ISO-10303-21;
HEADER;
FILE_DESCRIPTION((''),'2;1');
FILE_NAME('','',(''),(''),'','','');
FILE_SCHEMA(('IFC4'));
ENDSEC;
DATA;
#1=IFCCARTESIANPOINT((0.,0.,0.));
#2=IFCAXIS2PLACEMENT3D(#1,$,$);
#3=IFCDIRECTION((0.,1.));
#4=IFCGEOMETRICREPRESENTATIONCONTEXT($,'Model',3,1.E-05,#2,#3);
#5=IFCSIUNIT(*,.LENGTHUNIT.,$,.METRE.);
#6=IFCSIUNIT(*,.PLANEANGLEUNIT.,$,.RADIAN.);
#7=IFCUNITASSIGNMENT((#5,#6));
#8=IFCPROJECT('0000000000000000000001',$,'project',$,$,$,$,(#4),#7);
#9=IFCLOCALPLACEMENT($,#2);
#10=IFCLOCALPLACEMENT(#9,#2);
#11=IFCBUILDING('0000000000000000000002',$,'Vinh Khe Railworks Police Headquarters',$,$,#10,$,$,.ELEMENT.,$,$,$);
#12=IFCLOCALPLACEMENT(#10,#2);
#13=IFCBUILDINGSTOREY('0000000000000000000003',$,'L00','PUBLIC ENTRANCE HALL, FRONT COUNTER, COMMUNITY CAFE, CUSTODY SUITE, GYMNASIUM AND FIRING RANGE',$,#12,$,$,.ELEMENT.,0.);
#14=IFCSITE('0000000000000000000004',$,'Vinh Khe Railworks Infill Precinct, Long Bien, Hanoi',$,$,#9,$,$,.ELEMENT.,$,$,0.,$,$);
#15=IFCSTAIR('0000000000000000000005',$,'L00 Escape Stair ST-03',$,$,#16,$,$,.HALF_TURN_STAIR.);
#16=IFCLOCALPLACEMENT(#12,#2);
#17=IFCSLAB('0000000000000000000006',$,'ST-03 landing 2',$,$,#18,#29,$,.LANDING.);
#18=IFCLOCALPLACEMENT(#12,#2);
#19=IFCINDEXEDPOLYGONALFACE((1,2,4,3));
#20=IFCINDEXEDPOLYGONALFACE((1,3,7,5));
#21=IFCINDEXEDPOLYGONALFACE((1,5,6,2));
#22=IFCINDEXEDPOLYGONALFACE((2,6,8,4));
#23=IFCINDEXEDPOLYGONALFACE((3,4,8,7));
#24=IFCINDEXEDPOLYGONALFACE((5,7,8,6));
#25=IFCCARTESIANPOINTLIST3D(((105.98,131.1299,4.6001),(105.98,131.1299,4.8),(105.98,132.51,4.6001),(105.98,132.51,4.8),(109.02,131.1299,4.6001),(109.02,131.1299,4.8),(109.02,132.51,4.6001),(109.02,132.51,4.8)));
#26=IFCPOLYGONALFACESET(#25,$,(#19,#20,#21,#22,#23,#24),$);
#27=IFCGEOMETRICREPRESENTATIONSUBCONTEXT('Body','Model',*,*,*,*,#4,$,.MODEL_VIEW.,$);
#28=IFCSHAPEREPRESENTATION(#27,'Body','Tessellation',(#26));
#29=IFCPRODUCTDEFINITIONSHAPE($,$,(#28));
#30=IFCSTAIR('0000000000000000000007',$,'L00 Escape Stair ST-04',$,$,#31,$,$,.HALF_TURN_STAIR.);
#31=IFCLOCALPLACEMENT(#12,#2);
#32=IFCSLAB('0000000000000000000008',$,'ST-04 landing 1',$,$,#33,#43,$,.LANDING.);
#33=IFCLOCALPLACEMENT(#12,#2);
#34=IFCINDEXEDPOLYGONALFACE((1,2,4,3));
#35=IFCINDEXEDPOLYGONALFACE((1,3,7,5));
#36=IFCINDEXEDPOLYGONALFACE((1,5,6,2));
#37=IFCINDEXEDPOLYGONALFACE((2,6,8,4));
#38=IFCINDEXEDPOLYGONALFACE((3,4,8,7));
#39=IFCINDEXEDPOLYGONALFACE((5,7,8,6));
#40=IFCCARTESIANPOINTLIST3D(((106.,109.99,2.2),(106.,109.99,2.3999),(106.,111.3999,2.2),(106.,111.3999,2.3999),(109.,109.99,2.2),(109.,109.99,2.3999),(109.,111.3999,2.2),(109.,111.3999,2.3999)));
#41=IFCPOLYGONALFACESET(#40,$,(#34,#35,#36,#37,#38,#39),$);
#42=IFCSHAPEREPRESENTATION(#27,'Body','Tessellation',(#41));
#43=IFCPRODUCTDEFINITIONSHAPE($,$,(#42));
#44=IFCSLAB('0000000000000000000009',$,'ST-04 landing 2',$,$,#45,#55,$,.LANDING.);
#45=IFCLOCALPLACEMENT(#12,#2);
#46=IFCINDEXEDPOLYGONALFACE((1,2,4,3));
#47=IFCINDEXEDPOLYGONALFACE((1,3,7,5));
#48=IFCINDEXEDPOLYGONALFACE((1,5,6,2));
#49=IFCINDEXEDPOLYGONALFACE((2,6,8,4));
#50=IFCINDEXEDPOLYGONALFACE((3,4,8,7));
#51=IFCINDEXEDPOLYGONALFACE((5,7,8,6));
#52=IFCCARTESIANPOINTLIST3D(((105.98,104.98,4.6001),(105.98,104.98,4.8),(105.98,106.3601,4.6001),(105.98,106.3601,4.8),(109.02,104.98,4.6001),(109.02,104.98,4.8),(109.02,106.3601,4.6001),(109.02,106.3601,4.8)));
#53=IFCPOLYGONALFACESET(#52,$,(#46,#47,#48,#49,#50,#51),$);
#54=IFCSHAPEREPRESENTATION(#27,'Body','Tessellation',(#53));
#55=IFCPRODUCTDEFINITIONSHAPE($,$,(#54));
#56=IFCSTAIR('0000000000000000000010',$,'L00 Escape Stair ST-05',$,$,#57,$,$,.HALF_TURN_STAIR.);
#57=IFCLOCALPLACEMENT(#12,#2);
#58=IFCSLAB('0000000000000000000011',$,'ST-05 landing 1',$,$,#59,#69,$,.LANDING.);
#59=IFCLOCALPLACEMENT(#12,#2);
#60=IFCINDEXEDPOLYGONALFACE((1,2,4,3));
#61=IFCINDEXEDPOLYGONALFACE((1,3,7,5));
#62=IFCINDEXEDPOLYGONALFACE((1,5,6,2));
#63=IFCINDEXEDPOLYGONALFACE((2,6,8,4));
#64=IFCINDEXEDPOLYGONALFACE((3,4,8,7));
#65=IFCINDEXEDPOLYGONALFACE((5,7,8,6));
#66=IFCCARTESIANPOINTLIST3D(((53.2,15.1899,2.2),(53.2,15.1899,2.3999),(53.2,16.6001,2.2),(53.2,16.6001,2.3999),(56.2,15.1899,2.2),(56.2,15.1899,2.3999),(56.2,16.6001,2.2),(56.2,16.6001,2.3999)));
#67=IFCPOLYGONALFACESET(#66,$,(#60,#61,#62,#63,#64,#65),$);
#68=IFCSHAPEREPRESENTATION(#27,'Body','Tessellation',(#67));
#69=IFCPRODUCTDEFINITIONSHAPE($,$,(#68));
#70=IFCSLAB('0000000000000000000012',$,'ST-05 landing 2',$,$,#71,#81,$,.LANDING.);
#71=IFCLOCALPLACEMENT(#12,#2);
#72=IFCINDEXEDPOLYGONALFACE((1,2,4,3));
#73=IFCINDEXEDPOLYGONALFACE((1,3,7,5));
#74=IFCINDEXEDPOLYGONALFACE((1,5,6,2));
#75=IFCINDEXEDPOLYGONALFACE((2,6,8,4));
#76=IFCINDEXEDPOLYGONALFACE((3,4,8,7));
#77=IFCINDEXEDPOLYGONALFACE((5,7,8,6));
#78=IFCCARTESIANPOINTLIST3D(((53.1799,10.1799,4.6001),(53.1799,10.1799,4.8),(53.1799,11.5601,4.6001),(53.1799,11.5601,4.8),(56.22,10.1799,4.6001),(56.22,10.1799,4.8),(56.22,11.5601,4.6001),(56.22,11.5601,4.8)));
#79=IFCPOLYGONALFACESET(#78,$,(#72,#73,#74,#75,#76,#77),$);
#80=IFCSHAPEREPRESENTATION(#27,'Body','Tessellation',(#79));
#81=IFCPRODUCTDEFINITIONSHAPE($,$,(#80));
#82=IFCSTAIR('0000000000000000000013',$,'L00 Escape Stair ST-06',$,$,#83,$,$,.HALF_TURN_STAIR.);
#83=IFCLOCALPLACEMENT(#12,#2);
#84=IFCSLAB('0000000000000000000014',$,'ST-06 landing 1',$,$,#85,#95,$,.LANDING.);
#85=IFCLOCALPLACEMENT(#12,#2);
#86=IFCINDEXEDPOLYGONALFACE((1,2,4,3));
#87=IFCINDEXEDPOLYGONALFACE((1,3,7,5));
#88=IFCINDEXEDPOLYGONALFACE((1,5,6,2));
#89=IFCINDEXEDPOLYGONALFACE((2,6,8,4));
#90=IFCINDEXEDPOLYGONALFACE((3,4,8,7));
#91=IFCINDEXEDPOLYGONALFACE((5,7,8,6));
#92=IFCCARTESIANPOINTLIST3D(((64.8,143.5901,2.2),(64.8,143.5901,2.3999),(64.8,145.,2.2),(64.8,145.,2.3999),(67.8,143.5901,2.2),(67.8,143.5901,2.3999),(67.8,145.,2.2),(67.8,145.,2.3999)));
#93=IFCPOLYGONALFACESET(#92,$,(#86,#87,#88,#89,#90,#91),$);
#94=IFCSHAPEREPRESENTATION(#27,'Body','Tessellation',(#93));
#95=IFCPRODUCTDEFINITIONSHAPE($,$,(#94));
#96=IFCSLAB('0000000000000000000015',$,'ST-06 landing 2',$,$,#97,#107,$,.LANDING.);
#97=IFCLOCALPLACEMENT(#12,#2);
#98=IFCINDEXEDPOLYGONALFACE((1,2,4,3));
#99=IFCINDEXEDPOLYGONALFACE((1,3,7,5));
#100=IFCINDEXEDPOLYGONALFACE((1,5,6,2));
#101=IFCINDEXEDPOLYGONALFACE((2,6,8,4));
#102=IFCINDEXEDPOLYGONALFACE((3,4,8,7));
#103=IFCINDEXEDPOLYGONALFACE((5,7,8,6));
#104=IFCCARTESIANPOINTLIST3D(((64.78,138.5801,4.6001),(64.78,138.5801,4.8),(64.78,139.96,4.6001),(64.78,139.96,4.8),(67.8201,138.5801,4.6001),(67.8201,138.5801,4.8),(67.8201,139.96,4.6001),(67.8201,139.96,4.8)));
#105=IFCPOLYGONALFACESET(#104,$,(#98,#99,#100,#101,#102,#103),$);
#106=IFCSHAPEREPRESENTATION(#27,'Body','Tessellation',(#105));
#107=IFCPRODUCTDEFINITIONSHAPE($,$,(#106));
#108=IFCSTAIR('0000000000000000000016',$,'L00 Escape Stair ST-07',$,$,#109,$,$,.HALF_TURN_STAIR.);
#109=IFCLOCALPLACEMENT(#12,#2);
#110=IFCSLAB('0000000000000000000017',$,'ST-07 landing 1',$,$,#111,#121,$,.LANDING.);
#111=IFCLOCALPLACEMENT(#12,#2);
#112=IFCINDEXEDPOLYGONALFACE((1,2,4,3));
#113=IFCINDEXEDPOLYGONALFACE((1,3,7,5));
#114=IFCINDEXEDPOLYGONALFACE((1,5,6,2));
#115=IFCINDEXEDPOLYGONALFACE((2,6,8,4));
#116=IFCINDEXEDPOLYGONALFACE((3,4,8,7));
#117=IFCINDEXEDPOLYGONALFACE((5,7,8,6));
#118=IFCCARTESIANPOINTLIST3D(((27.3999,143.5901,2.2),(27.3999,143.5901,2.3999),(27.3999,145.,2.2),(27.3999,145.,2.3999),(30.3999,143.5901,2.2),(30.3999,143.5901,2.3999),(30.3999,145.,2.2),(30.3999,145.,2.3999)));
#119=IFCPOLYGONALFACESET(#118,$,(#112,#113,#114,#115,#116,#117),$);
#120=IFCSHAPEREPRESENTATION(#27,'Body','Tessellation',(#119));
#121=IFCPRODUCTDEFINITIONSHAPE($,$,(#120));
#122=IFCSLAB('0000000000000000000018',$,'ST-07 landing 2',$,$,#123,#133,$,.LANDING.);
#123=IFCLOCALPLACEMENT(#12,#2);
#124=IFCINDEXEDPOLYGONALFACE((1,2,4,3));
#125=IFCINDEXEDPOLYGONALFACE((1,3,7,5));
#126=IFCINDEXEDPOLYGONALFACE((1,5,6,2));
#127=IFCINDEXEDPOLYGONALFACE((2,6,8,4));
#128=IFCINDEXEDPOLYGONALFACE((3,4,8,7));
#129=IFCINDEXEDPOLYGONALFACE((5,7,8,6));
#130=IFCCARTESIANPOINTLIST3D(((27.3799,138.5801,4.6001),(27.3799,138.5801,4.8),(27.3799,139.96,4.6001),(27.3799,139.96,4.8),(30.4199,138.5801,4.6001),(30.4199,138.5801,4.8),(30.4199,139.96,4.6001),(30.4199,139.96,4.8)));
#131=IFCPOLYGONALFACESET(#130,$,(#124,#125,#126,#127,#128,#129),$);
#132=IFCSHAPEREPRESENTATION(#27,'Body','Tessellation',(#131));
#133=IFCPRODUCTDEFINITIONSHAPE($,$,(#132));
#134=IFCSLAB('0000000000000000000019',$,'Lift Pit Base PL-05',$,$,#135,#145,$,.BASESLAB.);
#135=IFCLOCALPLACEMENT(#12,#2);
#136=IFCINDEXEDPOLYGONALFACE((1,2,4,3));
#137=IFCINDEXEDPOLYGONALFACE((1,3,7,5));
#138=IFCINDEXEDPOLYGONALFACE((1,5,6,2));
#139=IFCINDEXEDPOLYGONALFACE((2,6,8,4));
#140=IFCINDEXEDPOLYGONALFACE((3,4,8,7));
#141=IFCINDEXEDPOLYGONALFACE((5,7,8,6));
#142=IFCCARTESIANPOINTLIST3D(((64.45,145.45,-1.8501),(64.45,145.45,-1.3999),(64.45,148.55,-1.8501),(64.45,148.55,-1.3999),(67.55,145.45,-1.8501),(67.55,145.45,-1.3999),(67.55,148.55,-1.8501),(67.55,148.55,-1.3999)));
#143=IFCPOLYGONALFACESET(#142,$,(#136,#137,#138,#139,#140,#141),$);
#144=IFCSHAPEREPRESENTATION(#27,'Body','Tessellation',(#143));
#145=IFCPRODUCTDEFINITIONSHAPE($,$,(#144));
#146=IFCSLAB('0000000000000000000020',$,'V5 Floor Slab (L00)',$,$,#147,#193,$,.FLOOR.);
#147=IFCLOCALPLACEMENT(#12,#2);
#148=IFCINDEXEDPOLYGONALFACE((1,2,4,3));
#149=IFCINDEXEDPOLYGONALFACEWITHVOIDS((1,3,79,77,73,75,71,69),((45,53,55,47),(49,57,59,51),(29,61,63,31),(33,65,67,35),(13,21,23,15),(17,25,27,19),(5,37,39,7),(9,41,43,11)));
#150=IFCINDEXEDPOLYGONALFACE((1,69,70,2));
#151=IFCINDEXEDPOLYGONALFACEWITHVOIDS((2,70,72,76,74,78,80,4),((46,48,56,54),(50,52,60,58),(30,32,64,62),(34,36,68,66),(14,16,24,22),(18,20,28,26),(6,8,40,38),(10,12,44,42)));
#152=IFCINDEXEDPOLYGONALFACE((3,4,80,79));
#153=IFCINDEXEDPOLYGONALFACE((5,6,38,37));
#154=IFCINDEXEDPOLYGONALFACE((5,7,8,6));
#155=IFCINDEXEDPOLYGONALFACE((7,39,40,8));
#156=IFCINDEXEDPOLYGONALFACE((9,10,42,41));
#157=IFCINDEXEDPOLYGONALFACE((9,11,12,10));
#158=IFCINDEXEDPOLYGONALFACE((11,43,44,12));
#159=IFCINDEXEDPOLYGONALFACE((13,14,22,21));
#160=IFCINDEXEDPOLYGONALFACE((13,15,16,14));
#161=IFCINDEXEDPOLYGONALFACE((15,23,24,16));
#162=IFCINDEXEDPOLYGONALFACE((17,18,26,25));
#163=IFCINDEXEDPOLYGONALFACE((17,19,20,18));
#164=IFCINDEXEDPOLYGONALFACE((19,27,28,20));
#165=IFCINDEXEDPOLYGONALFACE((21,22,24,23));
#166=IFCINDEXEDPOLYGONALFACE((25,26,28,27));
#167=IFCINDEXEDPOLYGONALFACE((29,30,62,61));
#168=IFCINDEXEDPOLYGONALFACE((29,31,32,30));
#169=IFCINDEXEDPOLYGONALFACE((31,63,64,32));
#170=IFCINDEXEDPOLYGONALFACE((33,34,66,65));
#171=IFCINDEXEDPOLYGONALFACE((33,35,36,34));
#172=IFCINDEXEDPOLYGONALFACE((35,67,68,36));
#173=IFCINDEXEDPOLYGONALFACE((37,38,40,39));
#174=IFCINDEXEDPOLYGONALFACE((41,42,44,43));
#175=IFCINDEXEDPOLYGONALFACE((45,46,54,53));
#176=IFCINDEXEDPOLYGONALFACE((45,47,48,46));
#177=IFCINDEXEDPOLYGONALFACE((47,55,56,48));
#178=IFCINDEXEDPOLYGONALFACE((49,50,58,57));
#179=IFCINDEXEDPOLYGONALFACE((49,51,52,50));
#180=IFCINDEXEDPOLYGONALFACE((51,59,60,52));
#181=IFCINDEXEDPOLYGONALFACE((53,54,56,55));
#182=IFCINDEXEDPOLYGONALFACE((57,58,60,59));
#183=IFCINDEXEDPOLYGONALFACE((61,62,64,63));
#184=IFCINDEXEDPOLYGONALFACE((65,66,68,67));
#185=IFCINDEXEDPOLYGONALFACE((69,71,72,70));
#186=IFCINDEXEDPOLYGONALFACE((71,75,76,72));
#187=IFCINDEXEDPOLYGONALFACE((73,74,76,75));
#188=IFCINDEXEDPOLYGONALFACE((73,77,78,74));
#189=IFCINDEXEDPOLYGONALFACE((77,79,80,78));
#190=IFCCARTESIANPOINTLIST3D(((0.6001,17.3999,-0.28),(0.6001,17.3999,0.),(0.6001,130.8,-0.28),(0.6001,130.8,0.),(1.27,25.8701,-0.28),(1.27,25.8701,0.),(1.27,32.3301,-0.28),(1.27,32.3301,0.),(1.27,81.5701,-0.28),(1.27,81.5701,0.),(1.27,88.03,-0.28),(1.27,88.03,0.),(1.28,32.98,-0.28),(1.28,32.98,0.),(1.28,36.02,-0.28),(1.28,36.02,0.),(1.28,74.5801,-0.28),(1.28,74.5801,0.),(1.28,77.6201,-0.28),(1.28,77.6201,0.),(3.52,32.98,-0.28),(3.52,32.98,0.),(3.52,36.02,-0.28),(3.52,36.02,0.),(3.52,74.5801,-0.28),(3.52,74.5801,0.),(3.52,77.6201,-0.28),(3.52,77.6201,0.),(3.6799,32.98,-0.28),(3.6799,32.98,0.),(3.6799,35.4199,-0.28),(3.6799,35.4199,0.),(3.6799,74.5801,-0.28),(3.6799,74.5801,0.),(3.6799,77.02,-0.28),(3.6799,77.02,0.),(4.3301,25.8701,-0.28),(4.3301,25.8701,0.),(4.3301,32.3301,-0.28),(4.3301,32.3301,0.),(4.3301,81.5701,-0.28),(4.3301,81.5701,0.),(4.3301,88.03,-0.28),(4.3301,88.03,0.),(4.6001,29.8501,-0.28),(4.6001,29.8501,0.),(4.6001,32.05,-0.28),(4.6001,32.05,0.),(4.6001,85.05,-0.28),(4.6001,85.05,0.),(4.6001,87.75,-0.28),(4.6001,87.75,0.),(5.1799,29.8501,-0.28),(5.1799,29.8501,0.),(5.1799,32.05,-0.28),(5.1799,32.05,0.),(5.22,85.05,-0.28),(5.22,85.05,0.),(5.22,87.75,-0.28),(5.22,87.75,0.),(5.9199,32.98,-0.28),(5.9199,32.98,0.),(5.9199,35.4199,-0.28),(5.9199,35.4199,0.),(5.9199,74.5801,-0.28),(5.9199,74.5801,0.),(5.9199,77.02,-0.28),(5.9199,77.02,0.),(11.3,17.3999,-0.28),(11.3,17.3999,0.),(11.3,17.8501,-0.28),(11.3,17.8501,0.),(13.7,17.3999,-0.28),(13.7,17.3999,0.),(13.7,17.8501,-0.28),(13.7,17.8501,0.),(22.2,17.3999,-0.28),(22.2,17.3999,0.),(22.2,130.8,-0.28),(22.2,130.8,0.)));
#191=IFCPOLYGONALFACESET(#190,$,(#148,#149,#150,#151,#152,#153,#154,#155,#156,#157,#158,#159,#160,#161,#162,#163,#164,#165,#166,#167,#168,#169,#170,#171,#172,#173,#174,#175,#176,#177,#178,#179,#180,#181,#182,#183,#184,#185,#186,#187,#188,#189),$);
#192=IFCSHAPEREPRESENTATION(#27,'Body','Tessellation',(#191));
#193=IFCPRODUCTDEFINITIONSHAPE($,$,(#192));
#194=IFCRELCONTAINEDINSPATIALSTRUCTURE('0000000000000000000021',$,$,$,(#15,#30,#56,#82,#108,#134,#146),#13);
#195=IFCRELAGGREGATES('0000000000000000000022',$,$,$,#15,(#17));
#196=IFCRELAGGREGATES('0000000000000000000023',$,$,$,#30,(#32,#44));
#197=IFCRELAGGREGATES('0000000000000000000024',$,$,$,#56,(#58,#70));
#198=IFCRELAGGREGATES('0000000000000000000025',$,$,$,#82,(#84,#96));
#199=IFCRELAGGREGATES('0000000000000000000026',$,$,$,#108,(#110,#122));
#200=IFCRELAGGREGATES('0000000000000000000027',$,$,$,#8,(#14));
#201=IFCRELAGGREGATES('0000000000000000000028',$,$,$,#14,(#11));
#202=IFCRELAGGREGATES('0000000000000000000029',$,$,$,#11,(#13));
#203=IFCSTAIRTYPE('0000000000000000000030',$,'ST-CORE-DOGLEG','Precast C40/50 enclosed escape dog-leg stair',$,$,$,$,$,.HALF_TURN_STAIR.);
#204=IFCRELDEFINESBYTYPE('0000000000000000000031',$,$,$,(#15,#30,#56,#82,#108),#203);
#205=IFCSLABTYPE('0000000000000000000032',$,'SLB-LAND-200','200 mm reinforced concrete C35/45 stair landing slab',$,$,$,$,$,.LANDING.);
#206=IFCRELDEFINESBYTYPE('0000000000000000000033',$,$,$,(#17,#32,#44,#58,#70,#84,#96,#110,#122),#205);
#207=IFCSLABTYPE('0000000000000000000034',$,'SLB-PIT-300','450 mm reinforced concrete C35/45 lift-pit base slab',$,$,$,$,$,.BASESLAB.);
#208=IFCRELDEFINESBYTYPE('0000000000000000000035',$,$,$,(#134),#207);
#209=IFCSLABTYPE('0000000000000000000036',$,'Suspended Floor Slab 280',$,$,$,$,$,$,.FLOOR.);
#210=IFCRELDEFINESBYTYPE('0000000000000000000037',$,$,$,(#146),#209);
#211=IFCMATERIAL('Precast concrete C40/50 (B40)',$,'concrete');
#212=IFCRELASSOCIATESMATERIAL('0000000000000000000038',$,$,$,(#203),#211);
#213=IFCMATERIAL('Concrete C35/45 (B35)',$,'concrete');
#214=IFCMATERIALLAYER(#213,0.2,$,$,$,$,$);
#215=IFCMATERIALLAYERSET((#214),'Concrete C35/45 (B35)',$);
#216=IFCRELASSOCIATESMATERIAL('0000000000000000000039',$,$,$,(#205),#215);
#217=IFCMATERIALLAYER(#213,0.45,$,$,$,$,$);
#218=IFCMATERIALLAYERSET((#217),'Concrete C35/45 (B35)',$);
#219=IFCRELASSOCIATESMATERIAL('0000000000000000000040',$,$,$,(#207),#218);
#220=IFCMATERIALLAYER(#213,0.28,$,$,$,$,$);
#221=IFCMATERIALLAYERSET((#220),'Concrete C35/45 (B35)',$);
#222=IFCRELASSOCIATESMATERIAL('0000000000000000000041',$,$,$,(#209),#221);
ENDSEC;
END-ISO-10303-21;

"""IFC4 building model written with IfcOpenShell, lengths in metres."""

from ifc_helpers import new_model, si_unit, direction, frame, origin, place, context, subcontext, project, spatial, polyline, outline, extrude, material, layer, layer_set, type_object, element, aggregate, save


model = new_model("IFC4")

# Units and contexts
model_context = context("Model", 3, precision=1e-05, world=origin(), true_north=direction((0.0, 1.0)))
body_context = subcontext(model_context, "Body", "Model", "MODEL_VIEW")
ifc_project = project(units=[si_unit("LENGTHUNIT", "METRE"), si_unit("PLANEANGLEUNIT", "RADIAN")], contexts=[model_context])

# Site, building, storey
site_placement = place(None, origin())
site = spatial("IfcSite", under=ifc_project, at=site_placement, Name="Vinh Khe Railworks Infill Precinct, Long Bien, Hanoi", CompositionType="ELEMENT", RefElevation=0.0)
building_placement = place(site_placement, origin())
building = spatial("IfcBuilding", under=site, at=building_placement, Name="Vinh Khe Railworks Police Headquarters", CompositionType="ELEMENT")
storey_placement = place(building_placement, origin())
storey = spatial("IfcBuildingStorey", under=building, at=storey_placement, Name="L00", Description="PUBLIC ENTRANCE HALL, FRONT COUNTER, COMMUNITY CAFE, CUSTODY SUITE, GYMNASIUM AND FIRING RANGE", CompositionType="ELEMENT", Elevation=0.0)

# Shared definitions
ifc_material_1 = material(Name="Concrete C35/45 (B35)", Category="concrete")

# Stairs, slabs
ifc_material_2 = material(Name="Precast concrete C40/50 (B40)", Category="concrete")
stair_type = type_object("IfcStairType", Name="ST-CORE-DOGLEG", Description="Precast C40/50 enclosed escape dog-leg stair", PredefinedType="HALF_TURN_STAIR", material=ifc_material_2)
ifc_layer_1 = layer(ifc_material_1, 0.2)
ifc_layer_set_1 = layer_set([ifc_layer_1], Name="Concrete C35/45 (B35)")
slab_type_1 = type_object("IfcSlabType", Name="SLB-LAND-200", Description="200 mm reinforced concrete C35/45 stair landing slab", PredefinedType="LANDING", material=ifc_layer_set_1)
stair_1_placement = place(storey_placement, origin())
stair_1 = element("IfcStair", 1, at=stair_1_placement, inside=storey, type_object=stair_type, Name="L00 Escape Stair ST-03", PredefinedType="HALF_TURN_STAIR")
slab_1_placement = place(storey_placement, frame((0.0, 0.0, 4.6001)))
slab_1 = element("IfcSlab", 2, at=slab_1_placement, type_object=slab_type_1, Name="ST-03 landing 2", PredefinedType="LANDING", context=body_context, shape_type="SweptSolid", body=[
    extrude(outline(polyline([(105.98, 131.1299), (109.02, 131.1299), (109.02, 132.51), (105.98, 132.51), (105.98, 131.1299)])), origin(), (0.0, 0.0, 1.0), 0.2),
])
aggregate(stair_1, [slab_1])
stair_2_placement = place(storey_placement, origin())
stair_2 = element("IfcStair", 3, at=stair_2_placement, inside=storey, type_object=stair_type, Name="L00 Escape Stair ST-04", PredefinedType="HALF_TURN_STAIR")
slab_2_placement = place(storey_placement, frame((0.0, 0.0, 2.2)))
slab_2 = element("IfcSlab", 4, at=slab_2_placement, type_object=slab_type_1, Name="ST-04 landing 1", PredefinedType="LANDING", context=body_context, shape_type="SweptSolid", body=[
    extrude(outline(polyline([(109.0, 109.99), (109.0, 111.3999), (106.0, 111.3999), (106.0, 109.99), (109.0, 109.99)])), origin(), (0.0, 0.0, 1.0), 0.2),
])
slab_3_placement = place(storey_placement, frame((0.0, 0.0, 4.6001)))
slab_3 = element("IfcSlab", 5, at=slab_3_placement, type_object=slab_type_1, Name="ST-04 landing 2", PredefinedType="LANDING", context=body_context, shape_type="SweptSolid", body=[
    extrude(outline(polyline([(105.98, 104.98), (109.02, 104.98), (109.02, 106.3601), (105.98, 106.3601), (105.98, 104.98)])), origin(), (0.0, 0.0, 1.0), 0.2),
])
aggregate(stair_2, [slab_2, slab_3])
stair_3_placement = place(storey_placement, origin())
stair_3 = element("IfcStair", 6, at=stair_3_placement, inside=storey, type_object=stair_type, Name="L00 Escape Stair ST-05", PredefinedType="HALF_TURN_STAIR")
slab_4_placement = place(storey_placement, frame((0.0, 0.0, 2.2)))
slab_4 = element("IfcSlab", 7, at=slab_4_placement, type_object=slab_type_1, Name="ST-05 landing 1", PredefinedType="LANDING", context=body_context, shape_type="SweptSolid", body=[
    extrude(outline(polyline([(56.2, 15.1899), (56.2, 16.6001), (53.2, 16.6001), (53.2, 15.1899), (56.2, 15.1899)])), origin(), (0.0, 0.0, 1.0), 0.2),
])
slab_5_placement = place(storey_placement, frame((0.0, 0.0, 4.6001)))
slab_5 = element("IfcSlab", 8, at=slab_5_placement, type_object=slab_type_1, Name="ST-05 landing 2", PredefinedType="LANDING", context=body_context, shape_type="SweptSolid", body=[
    extrude(outline(polyline([(53.1799, 10.1799), (56.22, 10.1799), (56.22, 11.5601), (53.1799, 11.5601), (53.1799, 10.1799)])), origin(), (0.0, 0.0, 1.0), 0.2),
])
aggregate(stair_3, [slab_4, slab_5])
stair_4_placement = place(storey_placement, origin())
stair_4 = element("IfcStair", 9, at=stair_4_placement, inside=storey, type_object=stair_type, Name="L00 Escape Stair ST-06", PredefinedType="HALF_TURN_STAIR")
slab_6_placement = place(storey_placement, frame((0.0, 0.0, 2.2)))
slab_6 = element("IfcSlab", 10, at=slab_6_placement, type_object=slab_type_1, Name="ST-06 landing 1", PredefinedType="LANDING", context=body_context, shape_type="SweptSolid", body=[
    extrude(outline(polyline([(67.8, 143.5901), (67.8, 145.0), (64.8, 145.0), (64.8, 143.5901), (67.8, 143.5901)])), origin(), (0.0, 0.0, 1.0), 0.2),
])
slab_7_placement = place(storey_placement, frame((0.0, 0.0, 4.6001)))
slab_7 = element("IfcSlab", 11, at=slab_7_placement, type_object=slab_type_1, Name="ST-06 landing 2", PredefinedType="LANDING", context=body_context, shape_type="SweptSolid", body=[
    extrude(outline(polyline([(64.78, 138.5801), (67.8201, 138.5801), (67.8201, 139.96), (64.78, 139.96), (64.78, 138.5801)])), origin(), (0.0, 0.0, 1.0), 0.2),
])
aggregate(stair_4, [slab_6, slab_7])
stair_5_placement = place(storey_placement, origin())
stair_5 = element("IfcStair", 12, at=stair_5_placement, inside=storey, type_object=stair_type, Name="L00 Escape Stair ST-07", PredefinedType="HALF_TURN_STAIR")
slab_8_placement = place(storey_placement, frame((0.0, 0.0, 2.2)))
slab_8 = element("IfcSlab", 13, at=slab_8_placement, type_object=slab_type_1, Name="ST-07 landing 1", PredefinedType="LANDING", context=body_context, shape_type="SweptSolid", body=[
    extrude(outline(polyline([(30.3999, 143.5901), (30.3999, 145.0), (27.3999, 145.0), (27.3999, 143.5901), (30.3999, 143.5901)])), origin(), (0.0, 0.0, 1.0), 0.2),
])
slab_9_placement = place(storey_placement, frame((0.0, 0.0, 4.6001)))
slab_9 = element("IfcSlab", 14, at=slab_9_placement, type_object=slab_type_1, Name="ST-07 landing 2", PredefinedType="LANDING", context=body_context, shape_type="SweptSolid", body=[
    extrude(outline(polyline([(27.3799, 138.5801), (30.4199, 138.5801), (30.4199, 139.96), (27.3799, 139.96), (27.3799, 138.5801)])), origin(), (0.0, 0.0, 1.0), 0.2),
])
aggregate(stair_5, [slab_8, slab_9])

# Slabs
ifc_layer_2 = layer(ifc_material_1, 0.45)
ifc_layer_set_2 = layer_set([ifc_layer_2], Name="Concrete C35/45 (B35)")
slab_type_2 = type_object("IfcSlabType", Name="SLB-PIT-300", Description="450 mm reinforced concrete C35/45 lift-pit base slab", PredefinedType="BASESLAB", material=ifc_layer_set_2)
slab_10_placement = place(storey_placement, frame((0.0, 0.0, -1.8501)))
element("IfcSlab", 15, at=slab_10_placement, inside=storey, type_object=slab_type_2, Name="Lift Pit Base PL-05", PredefinedType="BASESLAB", context=body_context, shape_type="SweptSolid", body=[
    extrude(outline(polyline([(64.45, 145.45), (67.55, 145.45), (67.55, 148.55), (64.45, 148.55), (64.45, 145.45)])), origin(), (0.0, 0.0, 1.0), 0.4502),
])
ifc_layer_3 = layer(ifc_material_1, 0.28)
ifc_layer_set_3 = layer_set([ifc_layer_3], Name="Concrete C35/45 (B35)")
slab_type_3 = type_object("IfcSlabType", Name="Suspended Floor Slab 280", PredefinedType="FLOOR", material=ifc_layer_set_3)
slab_11_placement = place(storey_placement, frame((0.0, 0.0, -0.28)))
element("IfcSlab", 16, at=slab_11_placement, inside=storey, type_object=slab_type_3, Name="V5 Floor Slab (L00)", PredefinedType="FLOOR", context=body_context, shape_type="SweptSolid", body=[
    extrude(outline(polyline([(0.6001, 17.3999), (11.3, 17.3999), (11.3, 17.8501), (13.7, 17.8501), (13.7, 17.3999), (22.2, 17.3999), (22.2, 130.8), (0.6001, 130.8), (0.6001, 17.3999)]), holes=[polyline([(1.27, 25.8701), (4.3301, 25.8701), (4.3301, 32.3301), (1.27, 32.3301), (1.27, 25.8701)]), polyline([(1.28, 32.98), (3.52, 32.98), (3.52, 36.02), (1.28, 36.02), (1.28, 32.98)]), polyline([(3.6799, 32.98), (5.9199, 32.98), (5.9199, 35.4199), (3.6799, 35.4199), (3.6799, 32.98)]), polyline([(1.27, 81.5701), (4.3301, 81.5701), (4.3301, 88.03), (1.27, 88.03), (1.27, 81.5701)]), polyline([(1.28, 74.5801), (3.52, 74.5801), (3.52, 77.6201), (1.28, 77.6201), (1.28, 74.5801)]), polyline([(3.6799, 74.5801), (5.9199, 74.5801), (5.9199, 77.02), (3.6799, 77.02), (3.6799, 74.5801)]), polyline([(4.6001, 29.8501), (5.1799, 29.8501), (5.1799, 32.05), (4.6001, 32.05), (4.6001, 29.8501)]), polyline([(4.6001, 85.05), (5.22, 85.05), (5.22, 87.75), (4.6001, 87.75), (4.6001, 85.05)])]), origin(), (0.0, 0.0, 1.0), 0.28),
])

save(model, "model.ifc")
